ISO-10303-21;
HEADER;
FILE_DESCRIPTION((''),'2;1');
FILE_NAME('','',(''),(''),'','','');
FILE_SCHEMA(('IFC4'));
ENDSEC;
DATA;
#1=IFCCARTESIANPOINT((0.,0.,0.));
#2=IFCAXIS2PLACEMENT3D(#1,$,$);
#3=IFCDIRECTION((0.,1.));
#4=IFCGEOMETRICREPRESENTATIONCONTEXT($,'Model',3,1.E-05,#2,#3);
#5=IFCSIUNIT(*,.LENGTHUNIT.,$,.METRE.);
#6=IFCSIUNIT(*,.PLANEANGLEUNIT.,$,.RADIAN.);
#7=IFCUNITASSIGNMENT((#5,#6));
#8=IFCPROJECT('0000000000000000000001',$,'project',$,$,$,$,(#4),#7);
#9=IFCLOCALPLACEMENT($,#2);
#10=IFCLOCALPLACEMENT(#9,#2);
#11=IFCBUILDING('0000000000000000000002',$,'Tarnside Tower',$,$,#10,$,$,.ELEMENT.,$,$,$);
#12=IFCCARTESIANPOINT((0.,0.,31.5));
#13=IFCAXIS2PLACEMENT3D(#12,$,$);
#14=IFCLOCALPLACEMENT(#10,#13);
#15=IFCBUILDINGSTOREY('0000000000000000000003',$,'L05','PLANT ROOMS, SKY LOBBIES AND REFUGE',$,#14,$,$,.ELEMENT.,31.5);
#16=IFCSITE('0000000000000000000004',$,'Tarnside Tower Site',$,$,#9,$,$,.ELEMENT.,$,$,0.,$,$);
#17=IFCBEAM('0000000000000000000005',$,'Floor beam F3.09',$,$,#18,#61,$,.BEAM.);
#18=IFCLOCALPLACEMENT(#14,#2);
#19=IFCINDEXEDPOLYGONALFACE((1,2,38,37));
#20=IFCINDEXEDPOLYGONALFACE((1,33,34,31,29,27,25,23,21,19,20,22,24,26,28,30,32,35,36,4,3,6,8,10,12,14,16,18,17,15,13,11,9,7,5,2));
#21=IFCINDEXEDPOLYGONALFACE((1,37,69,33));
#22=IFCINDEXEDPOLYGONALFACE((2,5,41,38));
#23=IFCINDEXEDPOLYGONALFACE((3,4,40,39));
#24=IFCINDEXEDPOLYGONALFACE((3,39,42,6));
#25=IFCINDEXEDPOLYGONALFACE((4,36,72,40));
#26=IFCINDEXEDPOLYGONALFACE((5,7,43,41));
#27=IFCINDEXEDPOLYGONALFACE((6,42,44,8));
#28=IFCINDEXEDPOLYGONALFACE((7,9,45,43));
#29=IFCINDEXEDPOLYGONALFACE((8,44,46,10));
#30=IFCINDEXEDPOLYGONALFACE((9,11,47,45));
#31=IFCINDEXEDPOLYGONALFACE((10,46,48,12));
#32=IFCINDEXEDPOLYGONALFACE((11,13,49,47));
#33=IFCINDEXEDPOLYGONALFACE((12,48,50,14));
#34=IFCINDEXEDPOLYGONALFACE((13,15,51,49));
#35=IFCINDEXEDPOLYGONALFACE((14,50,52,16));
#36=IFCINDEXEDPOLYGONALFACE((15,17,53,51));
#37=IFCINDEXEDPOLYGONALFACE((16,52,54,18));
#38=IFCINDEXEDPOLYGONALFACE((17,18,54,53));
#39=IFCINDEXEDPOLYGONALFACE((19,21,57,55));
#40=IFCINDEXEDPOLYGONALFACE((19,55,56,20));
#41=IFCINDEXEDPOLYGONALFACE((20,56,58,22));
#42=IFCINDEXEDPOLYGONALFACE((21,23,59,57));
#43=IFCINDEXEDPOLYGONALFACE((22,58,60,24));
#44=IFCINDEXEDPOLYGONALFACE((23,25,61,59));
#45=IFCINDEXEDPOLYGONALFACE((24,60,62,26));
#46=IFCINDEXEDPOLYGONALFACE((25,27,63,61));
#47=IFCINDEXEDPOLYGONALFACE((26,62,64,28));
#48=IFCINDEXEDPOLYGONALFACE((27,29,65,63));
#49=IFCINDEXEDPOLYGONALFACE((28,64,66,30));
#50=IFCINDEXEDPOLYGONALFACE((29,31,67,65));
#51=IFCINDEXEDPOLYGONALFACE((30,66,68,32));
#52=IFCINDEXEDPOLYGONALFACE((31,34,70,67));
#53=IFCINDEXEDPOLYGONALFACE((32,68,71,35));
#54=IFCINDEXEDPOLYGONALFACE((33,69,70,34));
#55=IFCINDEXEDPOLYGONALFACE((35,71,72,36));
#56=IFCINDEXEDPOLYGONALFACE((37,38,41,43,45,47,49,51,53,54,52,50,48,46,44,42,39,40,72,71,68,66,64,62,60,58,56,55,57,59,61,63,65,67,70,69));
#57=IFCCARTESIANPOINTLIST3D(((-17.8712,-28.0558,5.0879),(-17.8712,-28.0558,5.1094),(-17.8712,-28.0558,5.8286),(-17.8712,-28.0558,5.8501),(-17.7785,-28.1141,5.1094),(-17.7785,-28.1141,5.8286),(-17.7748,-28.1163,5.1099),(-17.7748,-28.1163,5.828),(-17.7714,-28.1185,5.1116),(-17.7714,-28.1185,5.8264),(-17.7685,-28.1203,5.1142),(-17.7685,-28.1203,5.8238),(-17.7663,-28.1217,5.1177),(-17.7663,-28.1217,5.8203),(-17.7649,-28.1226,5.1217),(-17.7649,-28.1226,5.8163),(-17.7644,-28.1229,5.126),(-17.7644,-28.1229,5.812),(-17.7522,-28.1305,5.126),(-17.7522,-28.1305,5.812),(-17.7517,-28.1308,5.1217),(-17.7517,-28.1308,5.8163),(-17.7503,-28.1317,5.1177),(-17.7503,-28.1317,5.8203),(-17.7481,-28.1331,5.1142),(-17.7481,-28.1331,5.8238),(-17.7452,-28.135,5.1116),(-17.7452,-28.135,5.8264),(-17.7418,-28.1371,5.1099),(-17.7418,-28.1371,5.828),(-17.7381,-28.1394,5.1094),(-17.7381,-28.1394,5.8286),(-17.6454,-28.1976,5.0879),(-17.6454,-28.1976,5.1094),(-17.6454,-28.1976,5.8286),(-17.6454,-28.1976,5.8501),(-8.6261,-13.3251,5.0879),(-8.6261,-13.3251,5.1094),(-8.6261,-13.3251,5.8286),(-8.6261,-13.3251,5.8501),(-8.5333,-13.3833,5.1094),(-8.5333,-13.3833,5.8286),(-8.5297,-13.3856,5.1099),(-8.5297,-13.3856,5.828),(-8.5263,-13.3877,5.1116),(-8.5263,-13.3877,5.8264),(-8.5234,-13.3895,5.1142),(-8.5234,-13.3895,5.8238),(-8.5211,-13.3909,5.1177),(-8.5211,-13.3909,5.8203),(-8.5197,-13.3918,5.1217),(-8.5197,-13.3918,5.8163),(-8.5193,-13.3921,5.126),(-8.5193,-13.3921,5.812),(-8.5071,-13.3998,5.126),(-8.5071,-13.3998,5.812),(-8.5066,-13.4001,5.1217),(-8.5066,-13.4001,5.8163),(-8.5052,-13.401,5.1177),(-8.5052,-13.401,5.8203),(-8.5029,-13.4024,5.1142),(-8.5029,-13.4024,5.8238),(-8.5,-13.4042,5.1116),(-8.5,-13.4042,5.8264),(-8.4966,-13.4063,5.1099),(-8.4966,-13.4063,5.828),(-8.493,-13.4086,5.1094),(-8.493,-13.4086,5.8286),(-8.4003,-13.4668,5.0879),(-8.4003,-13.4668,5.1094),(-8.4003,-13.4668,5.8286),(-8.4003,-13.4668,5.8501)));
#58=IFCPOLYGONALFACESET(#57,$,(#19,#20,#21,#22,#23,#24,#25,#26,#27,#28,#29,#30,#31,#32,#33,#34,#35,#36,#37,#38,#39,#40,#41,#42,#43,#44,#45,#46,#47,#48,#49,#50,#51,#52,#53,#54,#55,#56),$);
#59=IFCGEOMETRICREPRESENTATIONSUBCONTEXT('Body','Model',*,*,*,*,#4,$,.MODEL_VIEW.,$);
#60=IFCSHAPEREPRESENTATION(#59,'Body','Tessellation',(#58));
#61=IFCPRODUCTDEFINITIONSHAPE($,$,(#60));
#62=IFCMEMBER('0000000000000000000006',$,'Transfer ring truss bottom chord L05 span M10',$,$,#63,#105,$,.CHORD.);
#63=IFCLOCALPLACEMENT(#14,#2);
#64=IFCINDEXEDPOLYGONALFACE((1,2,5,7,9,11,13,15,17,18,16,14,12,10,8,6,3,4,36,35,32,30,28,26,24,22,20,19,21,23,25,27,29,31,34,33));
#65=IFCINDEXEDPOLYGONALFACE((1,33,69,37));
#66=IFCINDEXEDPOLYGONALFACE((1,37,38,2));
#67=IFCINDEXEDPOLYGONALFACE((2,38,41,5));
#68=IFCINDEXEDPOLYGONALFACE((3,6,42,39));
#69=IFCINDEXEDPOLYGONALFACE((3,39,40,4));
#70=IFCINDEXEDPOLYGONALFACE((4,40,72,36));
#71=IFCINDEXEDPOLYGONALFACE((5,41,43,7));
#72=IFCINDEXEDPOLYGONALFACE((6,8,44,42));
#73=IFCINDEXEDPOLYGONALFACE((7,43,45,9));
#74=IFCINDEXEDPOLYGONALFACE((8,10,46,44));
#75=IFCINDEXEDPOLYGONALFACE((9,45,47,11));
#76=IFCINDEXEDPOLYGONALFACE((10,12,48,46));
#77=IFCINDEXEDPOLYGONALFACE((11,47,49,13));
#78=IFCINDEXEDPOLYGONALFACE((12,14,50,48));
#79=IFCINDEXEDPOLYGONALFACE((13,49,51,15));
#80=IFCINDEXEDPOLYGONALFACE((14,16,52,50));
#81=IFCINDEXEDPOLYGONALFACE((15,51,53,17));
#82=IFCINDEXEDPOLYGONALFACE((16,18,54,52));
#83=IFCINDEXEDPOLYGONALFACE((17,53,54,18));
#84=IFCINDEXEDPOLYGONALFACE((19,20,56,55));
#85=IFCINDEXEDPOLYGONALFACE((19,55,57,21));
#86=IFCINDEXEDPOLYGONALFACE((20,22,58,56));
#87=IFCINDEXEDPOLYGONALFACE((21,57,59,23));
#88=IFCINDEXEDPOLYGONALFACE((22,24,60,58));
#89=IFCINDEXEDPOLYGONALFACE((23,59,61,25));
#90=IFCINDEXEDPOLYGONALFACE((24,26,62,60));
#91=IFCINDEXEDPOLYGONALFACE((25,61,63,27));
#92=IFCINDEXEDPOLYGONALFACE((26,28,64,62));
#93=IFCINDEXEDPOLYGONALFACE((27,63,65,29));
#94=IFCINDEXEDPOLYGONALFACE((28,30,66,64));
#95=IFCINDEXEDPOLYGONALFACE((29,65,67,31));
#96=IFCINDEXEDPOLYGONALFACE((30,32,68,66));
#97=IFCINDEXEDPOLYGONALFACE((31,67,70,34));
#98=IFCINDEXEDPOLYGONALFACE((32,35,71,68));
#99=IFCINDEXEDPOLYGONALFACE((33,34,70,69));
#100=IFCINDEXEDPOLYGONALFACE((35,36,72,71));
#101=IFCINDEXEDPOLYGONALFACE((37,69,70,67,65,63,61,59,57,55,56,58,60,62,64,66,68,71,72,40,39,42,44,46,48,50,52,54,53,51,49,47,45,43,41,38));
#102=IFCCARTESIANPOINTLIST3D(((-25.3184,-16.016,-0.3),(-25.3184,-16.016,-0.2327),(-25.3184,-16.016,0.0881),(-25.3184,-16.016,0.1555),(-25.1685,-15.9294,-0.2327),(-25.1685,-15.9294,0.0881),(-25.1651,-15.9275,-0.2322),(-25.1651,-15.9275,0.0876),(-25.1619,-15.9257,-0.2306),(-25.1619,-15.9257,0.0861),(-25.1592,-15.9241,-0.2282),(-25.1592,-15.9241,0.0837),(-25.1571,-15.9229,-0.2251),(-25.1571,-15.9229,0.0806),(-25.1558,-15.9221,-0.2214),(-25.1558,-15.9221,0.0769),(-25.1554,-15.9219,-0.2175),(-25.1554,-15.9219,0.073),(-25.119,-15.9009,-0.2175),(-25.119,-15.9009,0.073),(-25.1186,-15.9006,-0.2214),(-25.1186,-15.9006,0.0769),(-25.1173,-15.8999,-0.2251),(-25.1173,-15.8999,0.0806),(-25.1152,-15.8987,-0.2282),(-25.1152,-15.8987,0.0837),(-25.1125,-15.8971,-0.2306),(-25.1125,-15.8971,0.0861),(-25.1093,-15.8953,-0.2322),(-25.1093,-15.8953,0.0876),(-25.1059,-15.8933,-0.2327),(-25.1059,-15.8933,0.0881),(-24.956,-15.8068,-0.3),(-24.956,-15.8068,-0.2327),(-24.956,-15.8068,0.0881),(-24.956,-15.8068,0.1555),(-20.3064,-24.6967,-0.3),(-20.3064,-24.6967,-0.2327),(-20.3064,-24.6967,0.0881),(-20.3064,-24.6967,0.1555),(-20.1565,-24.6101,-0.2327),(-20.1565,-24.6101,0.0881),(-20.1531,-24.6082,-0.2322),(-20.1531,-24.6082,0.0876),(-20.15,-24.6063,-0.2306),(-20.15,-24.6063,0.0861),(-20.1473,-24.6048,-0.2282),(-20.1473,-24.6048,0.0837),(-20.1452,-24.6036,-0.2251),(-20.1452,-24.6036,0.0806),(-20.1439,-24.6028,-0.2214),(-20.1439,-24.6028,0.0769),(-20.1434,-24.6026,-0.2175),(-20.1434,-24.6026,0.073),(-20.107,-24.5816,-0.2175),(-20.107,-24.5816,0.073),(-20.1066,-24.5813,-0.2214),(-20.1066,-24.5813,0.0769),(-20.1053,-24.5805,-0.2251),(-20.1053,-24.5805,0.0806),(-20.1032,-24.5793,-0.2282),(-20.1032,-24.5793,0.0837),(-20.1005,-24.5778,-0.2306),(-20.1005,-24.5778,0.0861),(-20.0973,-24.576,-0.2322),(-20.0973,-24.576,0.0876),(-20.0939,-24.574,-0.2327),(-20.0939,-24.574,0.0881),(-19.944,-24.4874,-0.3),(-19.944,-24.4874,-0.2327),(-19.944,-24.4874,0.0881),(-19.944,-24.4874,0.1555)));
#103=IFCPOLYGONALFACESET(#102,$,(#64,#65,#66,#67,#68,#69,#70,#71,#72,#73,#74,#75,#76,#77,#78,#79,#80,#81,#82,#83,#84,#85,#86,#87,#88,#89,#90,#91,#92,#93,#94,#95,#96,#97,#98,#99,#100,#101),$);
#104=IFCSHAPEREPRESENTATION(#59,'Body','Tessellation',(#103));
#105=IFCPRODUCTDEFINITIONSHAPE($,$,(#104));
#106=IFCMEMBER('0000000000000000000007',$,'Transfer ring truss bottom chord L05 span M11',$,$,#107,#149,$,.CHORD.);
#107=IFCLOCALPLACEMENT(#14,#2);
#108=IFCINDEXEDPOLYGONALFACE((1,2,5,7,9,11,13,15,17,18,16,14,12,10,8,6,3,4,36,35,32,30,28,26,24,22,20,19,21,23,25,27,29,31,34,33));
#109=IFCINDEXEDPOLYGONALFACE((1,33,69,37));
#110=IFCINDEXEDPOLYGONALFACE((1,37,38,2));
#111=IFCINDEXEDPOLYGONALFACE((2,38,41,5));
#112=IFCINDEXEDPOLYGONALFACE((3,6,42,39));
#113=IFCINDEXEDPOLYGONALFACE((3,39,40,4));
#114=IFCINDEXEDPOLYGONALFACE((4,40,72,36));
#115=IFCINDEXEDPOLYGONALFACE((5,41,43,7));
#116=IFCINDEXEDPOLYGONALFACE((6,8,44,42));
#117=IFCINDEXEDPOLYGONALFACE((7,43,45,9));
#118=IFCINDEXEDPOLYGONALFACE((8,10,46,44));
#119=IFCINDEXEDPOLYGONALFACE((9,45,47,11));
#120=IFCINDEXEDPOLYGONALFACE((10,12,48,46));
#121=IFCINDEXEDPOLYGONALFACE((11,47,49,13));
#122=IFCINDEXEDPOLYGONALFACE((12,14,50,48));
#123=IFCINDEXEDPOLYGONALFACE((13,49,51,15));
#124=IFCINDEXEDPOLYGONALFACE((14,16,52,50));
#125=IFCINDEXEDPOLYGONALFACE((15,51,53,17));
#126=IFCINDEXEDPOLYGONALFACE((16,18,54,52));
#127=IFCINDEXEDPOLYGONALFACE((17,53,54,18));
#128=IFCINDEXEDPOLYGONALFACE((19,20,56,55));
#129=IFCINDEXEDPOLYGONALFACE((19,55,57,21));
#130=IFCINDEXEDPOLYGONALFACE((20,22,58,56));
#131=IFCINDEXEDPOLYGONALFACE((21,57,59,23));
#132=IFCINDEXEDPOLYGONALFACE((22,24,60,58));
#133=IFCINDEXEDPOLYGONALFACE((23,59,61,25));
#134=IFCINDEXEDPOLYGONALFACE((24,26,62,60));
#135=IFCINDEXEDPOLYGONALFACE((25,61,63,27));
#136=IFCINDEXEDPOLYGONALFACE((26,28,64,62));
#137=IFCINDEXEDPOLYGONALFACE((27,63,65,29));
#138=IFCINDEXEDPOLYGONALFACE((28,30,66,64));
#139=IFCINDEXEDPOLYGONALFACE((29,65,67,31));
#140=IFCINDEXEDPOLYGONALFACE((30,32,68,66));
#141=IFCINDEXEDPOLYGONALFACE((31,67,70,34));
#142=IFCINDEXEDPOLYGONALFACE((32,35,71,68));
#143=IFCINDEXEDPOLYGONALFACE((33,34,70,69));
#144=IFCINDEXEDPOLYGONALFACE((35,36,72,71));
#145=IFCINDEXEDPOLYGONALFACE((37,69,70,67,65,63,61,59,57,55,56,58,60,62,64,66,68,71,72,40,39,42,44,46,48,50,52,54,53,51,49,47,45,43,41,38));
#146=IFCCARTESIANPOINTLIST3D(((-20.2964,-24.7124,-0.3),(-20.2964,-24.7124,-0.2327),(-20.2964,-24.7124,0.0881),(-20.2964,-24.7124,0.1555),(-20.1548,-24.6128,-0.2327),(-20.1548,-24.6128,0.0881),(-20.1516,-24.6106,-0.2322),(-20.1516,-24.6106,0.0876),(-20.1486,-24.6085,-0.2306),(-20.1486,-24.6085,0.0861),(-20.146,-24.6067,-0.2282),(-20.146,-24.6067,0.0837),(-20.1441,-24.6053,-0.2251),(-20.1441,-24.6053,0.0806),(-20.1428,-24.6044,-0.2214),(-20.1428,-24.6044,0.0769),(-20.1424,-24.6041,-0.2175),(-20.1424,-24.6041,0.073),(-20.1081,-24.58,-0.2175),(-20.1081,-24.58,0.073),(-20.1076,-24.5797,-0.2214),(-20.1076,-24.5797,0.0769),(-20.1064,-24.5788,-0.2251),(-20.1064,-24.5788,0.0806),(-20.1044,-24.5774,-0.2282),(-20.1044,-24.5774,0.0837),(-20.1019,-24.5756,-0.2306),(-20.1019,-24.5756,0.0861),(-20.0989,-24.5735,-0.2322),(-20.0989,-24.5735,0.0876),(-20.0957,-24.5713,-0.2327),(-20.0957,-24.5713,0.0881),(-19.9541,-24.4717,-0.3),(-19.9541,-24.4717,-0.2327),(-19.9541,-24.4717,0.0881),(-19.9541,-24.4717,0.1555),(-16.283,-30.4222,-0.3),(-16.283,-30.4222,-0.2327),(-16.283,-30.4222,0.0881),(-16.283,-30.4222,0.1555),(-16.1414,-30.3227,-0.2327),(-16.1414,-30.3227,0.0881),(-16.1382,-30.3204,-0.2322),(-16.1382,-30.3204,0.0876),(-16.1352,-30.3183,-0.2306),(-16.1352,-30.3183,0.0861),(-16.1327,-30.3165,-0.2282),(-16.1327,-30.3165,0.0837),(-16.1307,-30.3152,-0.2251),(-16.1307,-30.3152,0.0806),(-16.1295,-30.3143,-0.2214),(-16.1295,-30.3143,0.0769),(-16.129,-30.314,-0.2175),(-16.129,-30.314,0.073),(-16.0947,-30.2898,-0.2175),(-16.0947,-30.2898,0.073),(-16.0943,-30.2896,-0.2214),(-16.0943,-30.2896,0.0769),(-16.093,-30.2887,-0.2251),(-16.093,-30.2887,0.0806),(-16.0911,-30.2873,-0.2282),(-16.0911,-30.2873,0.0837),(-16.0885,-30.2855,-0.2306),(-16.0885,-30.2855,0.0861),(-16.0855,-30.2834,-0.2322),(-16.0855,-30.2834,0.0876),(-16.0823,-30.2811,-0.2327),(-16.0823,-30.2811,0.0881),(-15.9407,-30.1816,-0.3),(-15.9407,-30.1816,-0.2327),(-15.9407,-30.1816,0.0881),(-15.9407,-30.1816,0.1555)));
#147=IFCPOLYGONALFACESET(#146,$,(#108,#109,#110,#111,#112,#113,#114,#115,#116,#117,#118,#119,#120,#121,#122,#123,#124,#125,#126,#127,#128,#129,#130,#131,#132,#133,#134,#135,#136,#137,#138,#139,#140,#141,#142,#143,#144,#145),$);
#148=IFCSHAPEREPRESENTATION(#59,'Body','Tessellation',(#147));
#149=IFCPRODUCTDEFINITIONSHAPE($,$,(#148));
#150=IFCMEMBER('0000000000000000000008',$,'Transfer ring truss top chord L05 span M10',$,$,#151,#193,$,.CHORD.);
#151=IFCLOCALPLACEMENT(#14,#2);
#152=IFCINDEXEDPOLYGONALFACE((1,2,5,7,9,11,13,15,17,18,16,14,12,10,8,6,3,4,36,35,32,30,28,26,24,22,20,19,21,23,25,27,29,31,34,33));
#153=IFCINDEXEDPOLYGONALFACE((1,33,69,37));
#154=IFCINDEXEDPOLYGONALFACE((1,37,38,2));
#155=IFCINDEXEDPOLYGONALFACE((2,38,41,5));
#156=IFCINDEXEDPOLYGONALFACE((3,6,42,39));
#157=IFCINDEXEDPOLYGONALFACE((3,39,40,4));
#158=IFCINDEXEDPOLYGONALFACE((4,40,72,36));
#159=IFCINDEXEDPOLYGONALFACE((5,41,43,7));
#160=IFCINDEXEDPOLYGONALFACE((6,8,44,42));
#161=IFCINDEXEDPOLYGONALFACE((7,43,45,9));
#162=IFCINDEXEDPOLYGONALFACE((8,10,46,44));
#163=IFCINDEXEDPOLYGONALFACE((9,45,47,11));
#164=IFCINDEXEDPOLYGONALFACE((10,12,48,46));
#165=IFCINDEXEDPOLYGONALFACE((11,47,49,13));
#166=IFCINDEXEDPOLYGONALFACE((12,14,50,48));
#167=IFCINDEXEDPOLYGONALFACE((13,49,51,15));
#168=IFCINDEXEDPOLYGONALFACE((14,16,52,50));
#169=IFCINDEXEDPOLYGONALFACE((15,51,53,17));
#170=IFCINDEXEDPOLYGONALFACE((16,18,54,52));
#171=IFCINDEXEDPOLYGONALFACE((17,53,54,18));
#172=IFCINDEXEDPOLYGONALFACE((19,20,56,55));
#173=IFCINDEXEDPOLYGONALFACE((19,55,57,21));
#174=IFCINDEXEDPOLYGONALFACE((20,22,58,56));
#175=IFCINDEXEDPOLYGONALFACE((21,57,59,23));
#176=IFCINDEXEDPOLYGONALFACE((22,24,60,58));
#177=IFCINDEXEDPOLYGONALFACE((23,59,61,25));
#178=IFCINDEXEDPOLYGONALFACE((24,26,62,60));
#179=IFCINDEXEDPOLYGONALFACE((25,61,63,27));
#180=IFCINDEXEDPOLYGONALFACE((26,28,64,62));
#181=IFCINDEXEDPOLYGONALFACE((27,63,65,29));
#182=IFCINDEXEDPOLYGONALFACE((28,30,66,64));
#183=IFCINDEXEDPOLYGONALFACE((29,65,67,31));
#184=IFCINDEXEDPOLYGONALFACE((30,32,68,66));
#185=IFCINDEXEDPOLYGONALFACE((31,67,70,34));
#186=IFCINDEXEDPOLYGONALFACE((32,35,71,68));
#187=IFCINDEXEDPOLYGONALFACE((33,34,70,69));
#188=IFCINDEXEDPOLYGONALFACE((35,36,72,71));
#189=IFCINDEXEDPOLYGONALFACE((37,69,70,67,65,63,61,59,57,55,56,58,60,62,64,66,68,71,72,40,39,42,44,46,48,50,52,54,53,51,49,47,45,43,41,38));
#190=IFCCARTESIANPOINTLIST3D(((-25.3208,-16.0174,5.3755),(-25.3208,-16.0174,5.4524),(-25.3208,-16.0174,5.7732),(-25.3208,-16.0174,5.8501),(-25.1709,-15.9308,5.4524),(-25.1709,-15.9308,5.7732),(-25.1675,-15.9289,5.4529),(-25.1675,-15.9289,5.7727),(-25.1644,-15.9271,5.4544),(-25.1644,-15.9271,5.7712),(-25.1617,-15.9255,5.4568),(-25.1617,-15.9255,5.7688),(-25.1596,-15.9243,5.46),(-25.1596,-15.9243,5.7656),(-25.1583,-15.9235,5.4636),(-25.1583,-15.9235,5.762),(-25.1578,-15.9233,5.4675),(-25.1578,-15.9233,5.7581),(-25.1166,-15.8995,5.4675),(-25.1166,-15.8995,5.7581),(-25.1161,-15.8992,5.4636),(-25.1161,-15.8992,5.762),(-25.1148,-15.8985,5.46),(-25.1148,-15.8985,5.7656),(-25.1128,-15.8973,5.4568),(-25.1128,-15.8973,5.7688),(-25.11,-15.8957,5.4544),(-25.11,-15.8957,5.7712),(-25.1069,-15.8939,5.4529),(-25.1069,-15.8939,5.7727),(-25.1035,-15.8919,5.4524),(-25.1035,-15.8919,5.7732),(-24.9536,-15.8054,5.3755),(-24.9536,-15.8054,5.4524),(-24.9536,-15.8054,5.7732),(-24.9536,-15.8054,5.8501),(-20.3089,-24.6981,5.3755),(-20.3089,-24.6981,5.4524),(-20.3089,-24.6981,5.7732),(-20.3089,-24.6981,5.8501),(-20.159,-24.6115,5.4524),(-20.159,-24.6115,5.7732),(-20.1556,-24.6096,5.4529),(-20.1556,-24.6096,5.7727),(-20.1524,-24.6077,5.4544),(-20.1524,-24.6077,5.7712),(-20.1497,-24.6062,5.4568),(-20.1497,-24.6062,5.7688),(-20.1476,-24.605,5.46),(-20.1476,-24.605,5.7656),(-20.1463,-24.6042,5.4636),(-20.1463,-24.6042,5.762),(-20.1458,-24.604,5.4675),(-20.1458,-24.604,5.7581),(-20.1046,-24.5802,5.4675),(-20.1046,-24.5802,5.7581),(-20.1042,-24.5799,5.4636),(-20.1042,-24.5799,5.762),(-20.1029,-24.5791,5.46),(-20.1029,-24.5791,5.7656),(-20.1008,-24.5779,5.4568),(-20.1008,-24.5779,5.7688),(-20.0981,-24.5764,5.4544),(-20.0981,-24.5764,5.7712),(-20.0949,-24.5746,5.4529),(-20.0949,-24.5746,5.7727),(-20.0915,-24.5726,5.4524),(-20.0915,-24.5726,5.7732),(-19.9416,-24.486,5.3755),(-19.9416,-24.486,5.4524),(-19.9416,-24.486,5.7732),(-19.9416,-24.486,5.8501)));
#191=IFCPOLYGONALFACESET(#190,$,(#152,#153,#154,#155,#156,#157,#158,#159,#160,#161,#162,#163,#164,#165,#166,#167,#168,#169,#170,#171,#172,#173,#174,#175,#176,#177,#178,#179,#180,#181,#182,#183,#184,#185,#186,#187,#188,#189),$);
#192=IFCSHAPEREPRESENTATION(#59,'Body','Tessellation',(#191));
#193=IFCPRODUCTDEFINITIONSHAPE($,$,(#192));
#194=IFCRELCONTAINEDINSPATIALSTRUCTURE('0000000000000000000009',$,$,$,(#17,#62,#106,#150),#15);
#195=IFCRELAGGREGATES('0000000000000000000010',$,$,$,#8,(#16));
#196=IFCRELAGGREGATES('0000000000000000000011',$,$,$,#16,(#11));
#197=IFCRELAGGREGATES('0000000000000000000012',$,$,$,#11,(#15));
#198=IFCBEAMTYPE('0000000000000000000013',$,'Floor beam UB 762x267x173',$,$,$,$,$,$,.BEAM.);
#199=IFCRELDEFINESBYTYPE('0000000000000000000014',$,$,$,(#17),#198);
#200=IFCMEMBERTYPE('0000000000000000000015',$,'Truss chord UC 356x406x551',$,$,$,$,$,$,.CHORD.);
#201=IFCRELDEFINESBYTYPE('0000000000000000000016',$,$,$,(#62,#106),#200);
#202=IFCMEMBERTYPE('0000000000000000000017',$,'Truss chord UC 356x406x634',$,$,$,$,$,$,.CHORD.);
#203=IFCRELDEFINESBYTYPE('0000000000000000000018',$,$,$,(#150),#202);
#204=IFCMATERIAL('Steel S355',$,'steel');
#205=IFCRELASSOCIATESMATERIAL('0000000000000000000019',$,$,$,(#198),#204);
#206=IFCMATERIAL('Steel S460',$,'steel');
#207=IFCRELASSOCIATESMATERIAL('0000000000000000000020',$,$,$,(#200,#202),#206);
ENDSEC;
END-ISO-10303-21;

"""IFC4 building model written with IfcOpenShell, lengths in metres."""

from ifc_helpers import new_model, si_unit, direction, frame, origin, origin_2d, place, context, subcontext, project, spatial, i_section, extrude, material, material_profile, profile_set, type_object, element, save


model = new_model("IFC4")

# Units and contexts
model_context = context("Model", 3, precision=1e-05, world=origin(), true_north=direction((0.0, 1.0)))
body_context = subcontext(model_context, "Body", "Model", "MODEL_VIEW")
ifc_project = project(units=[si_unit("LENGTHUNIT", "METRE"), si_unit("PLANEANGLEUNIT", "RADIAN")], contexts=[model_context])

# Site, building, storey
site_placement = place(None, origin())
site = spatial("IfcSite", under=ifc_project, at=site_placement, Name="Tarnside Tower Site", CompositionType="ELEMENT", RefElevation=0.0)
building_placement = place(site_placement, origin())
building = spatial("IfcBuilding", under=site, at=building_placement, Name="Tarnside Tower", CompositionType="ELEMENT")
storey_placement = place(building_placement, frame((0.0, 0.0, 31.5)))
storey = spatial("IfcBuildingStorey", under=building, at=storey_placement, Name="L05", Description="PLANT ROOMS, SKY LOBBIES AND REFUGE", CompositionType="ELEMENT", Elevation=31.5)

# Beam
ifc_material_1 = material(Name="Steel S355", Category="steel")
ifc_material_profile_1 = material_profile(ifc_material_1, i_section(OverallWidth=0.2666, OverallDepth=0.7622, WebThickness=0.0144, FlangeThickness=0.0215, FilletRadius=0.0166, at=origin_2d()), Name="UB 762x267x173")
ifc_profile_set_1 = profile_set([ifc_material_profile_1], Name="Steel S355")
beam_type_1 = type_object("IfcBeamType", Name="Floor beam UB 762x267x173", PredefinedType="BEAM", material=ifc_profile_set_1)
beam_1_placement = place(storey_placement, frame((-17.7583, -28.1267, 5.469), z_axis=(0.531587, 0.847004, 0.0), x_axis=(-0.847004, 0.531587, 0.0)))
element("IfcBeam", 1, at=beam_1_placement, inside=storey, type_object=beam_type_1, Name="Floor beam F3.09", PredefinedType="BEAM", context=body_context, shape_type="SweptSolid", body=[
    extrude(i_section(OverallWidth=0.2666, OverallDepth=0.7622, WebThickness=0.0144, FlangeThickness=0.0215, FilletRadius=0.0166, at=origin_2d()), origin(), (0.0, 0.0, 1.0), 17.3916),
])

# Members
ifc_material_2 = material(Name="Steel S460", Category="steel")
ifc_material_profile_2 = material_profile(ifc_material_2, i_section(OverallWidth=0.4185, OverallDepth=0.4556, WebThickness=0.042, FlangeThickness=0.0674, FilletRadius=0.0151, at=origin_2d()), Name="UC 356x406x551")
ifc_profile_set_2 = profile_set([ifc_material_profile_2], Name="Steel S460")
member_type_1 = type_object("IfcMemberType", Name="Truss chord UC 356x406x551", PredefinedType="CHORD", material=ifc_profile_set_2)
member_1_placement = place(storey_placement, frame((-25.1372, -15.9114, -0.0723), z_axis=(0.500013, -0.866018, 0.0), x_axis=(0.866018, 0.500013, 0.0)))
element("IfcMember", 2, at=member_1_placement, inside=storey, type_object=member_type_1, Name="Transfer ring truss bottom chord L05 span M10", PredefinedType="CHORD", context=body_context, shape_type="SweptSolid", body=[
    extrude(i_section(OverallWidth=0.4185, OverallDepth=0.4556, WebThickness=0.042, FlangeThickness=0.0674, FilletRadius=0.0151, at=origin_2d()), origin(), (0.0, 0.0, 1.0), 10.0237),
])
member_2_placement = place(storey_placement, frame((-20.1252, -24.592, -0.0723), z_axis=(0.575044, -0.818123, 0.0), x_axis=(0.818123, 0.575044, 0.0)))
element("IfcMember", 3, at=member_2_placement, inside=storey, type_object=member_type_1, Name="Transfer ring truss bottom chord L05 span M11", PredefinedType="CHORD", context=body_context, shape_type="SweptSolid", body=[
    extrude(i_section(OverallWidth=0.4185, OverallDepth=0.4556, WebThickness=0.042, FlangeThickness=0.0674, FilletRadius=0.0151, at=origin_2d()), origin(), (0.0, 0.0, 1.0), 6.9792),
])
ifc_material_profile_3 = material_profile(ifc_material_2, i_section(OverallWidth=0.4241, OverallDepth=0.4746, WebThickness=0.0476, FlangeThickness=0.0769, FilletRadius=0.0151, at=origin_2d()), Name="UC 356x406x634")
ifc_profile_set_3 = profile_set([ifc_material_profile_3], Name="Steel S460")
member_type_2 = type_object("IfcMemberType", Name="Truss chord UC 356x406x634", PredefinedType="CHORD", material=ifc_profile_set_3)
member_3_placement = place(storey_placement, frame((-25.1372, -15.9114, 5.6128), z_axis=(0.500013, -0.866018, 0.0), x_axis=(0.866018, 0.500013, 0.0)))
element("IfcMember", 4, at=member_3_placement, inside=storey, type_object=member_type_2, Name="Transfer ring truss top chord L05 span M10", PredefinedType="CHORD", context=body_context, shape_type="SweptSolid", body=[
    extrude(i_section(OverallWidth=0.4241, OverallDepth=0.4746, WebThickness=0.0476, FlangeThickness=0.0769, FilletRadius=0.0151, at=origin_2d()), origin(), (0.0, 0.0, 1.0), 10.0237),
])

save(model, "model.ifc")
